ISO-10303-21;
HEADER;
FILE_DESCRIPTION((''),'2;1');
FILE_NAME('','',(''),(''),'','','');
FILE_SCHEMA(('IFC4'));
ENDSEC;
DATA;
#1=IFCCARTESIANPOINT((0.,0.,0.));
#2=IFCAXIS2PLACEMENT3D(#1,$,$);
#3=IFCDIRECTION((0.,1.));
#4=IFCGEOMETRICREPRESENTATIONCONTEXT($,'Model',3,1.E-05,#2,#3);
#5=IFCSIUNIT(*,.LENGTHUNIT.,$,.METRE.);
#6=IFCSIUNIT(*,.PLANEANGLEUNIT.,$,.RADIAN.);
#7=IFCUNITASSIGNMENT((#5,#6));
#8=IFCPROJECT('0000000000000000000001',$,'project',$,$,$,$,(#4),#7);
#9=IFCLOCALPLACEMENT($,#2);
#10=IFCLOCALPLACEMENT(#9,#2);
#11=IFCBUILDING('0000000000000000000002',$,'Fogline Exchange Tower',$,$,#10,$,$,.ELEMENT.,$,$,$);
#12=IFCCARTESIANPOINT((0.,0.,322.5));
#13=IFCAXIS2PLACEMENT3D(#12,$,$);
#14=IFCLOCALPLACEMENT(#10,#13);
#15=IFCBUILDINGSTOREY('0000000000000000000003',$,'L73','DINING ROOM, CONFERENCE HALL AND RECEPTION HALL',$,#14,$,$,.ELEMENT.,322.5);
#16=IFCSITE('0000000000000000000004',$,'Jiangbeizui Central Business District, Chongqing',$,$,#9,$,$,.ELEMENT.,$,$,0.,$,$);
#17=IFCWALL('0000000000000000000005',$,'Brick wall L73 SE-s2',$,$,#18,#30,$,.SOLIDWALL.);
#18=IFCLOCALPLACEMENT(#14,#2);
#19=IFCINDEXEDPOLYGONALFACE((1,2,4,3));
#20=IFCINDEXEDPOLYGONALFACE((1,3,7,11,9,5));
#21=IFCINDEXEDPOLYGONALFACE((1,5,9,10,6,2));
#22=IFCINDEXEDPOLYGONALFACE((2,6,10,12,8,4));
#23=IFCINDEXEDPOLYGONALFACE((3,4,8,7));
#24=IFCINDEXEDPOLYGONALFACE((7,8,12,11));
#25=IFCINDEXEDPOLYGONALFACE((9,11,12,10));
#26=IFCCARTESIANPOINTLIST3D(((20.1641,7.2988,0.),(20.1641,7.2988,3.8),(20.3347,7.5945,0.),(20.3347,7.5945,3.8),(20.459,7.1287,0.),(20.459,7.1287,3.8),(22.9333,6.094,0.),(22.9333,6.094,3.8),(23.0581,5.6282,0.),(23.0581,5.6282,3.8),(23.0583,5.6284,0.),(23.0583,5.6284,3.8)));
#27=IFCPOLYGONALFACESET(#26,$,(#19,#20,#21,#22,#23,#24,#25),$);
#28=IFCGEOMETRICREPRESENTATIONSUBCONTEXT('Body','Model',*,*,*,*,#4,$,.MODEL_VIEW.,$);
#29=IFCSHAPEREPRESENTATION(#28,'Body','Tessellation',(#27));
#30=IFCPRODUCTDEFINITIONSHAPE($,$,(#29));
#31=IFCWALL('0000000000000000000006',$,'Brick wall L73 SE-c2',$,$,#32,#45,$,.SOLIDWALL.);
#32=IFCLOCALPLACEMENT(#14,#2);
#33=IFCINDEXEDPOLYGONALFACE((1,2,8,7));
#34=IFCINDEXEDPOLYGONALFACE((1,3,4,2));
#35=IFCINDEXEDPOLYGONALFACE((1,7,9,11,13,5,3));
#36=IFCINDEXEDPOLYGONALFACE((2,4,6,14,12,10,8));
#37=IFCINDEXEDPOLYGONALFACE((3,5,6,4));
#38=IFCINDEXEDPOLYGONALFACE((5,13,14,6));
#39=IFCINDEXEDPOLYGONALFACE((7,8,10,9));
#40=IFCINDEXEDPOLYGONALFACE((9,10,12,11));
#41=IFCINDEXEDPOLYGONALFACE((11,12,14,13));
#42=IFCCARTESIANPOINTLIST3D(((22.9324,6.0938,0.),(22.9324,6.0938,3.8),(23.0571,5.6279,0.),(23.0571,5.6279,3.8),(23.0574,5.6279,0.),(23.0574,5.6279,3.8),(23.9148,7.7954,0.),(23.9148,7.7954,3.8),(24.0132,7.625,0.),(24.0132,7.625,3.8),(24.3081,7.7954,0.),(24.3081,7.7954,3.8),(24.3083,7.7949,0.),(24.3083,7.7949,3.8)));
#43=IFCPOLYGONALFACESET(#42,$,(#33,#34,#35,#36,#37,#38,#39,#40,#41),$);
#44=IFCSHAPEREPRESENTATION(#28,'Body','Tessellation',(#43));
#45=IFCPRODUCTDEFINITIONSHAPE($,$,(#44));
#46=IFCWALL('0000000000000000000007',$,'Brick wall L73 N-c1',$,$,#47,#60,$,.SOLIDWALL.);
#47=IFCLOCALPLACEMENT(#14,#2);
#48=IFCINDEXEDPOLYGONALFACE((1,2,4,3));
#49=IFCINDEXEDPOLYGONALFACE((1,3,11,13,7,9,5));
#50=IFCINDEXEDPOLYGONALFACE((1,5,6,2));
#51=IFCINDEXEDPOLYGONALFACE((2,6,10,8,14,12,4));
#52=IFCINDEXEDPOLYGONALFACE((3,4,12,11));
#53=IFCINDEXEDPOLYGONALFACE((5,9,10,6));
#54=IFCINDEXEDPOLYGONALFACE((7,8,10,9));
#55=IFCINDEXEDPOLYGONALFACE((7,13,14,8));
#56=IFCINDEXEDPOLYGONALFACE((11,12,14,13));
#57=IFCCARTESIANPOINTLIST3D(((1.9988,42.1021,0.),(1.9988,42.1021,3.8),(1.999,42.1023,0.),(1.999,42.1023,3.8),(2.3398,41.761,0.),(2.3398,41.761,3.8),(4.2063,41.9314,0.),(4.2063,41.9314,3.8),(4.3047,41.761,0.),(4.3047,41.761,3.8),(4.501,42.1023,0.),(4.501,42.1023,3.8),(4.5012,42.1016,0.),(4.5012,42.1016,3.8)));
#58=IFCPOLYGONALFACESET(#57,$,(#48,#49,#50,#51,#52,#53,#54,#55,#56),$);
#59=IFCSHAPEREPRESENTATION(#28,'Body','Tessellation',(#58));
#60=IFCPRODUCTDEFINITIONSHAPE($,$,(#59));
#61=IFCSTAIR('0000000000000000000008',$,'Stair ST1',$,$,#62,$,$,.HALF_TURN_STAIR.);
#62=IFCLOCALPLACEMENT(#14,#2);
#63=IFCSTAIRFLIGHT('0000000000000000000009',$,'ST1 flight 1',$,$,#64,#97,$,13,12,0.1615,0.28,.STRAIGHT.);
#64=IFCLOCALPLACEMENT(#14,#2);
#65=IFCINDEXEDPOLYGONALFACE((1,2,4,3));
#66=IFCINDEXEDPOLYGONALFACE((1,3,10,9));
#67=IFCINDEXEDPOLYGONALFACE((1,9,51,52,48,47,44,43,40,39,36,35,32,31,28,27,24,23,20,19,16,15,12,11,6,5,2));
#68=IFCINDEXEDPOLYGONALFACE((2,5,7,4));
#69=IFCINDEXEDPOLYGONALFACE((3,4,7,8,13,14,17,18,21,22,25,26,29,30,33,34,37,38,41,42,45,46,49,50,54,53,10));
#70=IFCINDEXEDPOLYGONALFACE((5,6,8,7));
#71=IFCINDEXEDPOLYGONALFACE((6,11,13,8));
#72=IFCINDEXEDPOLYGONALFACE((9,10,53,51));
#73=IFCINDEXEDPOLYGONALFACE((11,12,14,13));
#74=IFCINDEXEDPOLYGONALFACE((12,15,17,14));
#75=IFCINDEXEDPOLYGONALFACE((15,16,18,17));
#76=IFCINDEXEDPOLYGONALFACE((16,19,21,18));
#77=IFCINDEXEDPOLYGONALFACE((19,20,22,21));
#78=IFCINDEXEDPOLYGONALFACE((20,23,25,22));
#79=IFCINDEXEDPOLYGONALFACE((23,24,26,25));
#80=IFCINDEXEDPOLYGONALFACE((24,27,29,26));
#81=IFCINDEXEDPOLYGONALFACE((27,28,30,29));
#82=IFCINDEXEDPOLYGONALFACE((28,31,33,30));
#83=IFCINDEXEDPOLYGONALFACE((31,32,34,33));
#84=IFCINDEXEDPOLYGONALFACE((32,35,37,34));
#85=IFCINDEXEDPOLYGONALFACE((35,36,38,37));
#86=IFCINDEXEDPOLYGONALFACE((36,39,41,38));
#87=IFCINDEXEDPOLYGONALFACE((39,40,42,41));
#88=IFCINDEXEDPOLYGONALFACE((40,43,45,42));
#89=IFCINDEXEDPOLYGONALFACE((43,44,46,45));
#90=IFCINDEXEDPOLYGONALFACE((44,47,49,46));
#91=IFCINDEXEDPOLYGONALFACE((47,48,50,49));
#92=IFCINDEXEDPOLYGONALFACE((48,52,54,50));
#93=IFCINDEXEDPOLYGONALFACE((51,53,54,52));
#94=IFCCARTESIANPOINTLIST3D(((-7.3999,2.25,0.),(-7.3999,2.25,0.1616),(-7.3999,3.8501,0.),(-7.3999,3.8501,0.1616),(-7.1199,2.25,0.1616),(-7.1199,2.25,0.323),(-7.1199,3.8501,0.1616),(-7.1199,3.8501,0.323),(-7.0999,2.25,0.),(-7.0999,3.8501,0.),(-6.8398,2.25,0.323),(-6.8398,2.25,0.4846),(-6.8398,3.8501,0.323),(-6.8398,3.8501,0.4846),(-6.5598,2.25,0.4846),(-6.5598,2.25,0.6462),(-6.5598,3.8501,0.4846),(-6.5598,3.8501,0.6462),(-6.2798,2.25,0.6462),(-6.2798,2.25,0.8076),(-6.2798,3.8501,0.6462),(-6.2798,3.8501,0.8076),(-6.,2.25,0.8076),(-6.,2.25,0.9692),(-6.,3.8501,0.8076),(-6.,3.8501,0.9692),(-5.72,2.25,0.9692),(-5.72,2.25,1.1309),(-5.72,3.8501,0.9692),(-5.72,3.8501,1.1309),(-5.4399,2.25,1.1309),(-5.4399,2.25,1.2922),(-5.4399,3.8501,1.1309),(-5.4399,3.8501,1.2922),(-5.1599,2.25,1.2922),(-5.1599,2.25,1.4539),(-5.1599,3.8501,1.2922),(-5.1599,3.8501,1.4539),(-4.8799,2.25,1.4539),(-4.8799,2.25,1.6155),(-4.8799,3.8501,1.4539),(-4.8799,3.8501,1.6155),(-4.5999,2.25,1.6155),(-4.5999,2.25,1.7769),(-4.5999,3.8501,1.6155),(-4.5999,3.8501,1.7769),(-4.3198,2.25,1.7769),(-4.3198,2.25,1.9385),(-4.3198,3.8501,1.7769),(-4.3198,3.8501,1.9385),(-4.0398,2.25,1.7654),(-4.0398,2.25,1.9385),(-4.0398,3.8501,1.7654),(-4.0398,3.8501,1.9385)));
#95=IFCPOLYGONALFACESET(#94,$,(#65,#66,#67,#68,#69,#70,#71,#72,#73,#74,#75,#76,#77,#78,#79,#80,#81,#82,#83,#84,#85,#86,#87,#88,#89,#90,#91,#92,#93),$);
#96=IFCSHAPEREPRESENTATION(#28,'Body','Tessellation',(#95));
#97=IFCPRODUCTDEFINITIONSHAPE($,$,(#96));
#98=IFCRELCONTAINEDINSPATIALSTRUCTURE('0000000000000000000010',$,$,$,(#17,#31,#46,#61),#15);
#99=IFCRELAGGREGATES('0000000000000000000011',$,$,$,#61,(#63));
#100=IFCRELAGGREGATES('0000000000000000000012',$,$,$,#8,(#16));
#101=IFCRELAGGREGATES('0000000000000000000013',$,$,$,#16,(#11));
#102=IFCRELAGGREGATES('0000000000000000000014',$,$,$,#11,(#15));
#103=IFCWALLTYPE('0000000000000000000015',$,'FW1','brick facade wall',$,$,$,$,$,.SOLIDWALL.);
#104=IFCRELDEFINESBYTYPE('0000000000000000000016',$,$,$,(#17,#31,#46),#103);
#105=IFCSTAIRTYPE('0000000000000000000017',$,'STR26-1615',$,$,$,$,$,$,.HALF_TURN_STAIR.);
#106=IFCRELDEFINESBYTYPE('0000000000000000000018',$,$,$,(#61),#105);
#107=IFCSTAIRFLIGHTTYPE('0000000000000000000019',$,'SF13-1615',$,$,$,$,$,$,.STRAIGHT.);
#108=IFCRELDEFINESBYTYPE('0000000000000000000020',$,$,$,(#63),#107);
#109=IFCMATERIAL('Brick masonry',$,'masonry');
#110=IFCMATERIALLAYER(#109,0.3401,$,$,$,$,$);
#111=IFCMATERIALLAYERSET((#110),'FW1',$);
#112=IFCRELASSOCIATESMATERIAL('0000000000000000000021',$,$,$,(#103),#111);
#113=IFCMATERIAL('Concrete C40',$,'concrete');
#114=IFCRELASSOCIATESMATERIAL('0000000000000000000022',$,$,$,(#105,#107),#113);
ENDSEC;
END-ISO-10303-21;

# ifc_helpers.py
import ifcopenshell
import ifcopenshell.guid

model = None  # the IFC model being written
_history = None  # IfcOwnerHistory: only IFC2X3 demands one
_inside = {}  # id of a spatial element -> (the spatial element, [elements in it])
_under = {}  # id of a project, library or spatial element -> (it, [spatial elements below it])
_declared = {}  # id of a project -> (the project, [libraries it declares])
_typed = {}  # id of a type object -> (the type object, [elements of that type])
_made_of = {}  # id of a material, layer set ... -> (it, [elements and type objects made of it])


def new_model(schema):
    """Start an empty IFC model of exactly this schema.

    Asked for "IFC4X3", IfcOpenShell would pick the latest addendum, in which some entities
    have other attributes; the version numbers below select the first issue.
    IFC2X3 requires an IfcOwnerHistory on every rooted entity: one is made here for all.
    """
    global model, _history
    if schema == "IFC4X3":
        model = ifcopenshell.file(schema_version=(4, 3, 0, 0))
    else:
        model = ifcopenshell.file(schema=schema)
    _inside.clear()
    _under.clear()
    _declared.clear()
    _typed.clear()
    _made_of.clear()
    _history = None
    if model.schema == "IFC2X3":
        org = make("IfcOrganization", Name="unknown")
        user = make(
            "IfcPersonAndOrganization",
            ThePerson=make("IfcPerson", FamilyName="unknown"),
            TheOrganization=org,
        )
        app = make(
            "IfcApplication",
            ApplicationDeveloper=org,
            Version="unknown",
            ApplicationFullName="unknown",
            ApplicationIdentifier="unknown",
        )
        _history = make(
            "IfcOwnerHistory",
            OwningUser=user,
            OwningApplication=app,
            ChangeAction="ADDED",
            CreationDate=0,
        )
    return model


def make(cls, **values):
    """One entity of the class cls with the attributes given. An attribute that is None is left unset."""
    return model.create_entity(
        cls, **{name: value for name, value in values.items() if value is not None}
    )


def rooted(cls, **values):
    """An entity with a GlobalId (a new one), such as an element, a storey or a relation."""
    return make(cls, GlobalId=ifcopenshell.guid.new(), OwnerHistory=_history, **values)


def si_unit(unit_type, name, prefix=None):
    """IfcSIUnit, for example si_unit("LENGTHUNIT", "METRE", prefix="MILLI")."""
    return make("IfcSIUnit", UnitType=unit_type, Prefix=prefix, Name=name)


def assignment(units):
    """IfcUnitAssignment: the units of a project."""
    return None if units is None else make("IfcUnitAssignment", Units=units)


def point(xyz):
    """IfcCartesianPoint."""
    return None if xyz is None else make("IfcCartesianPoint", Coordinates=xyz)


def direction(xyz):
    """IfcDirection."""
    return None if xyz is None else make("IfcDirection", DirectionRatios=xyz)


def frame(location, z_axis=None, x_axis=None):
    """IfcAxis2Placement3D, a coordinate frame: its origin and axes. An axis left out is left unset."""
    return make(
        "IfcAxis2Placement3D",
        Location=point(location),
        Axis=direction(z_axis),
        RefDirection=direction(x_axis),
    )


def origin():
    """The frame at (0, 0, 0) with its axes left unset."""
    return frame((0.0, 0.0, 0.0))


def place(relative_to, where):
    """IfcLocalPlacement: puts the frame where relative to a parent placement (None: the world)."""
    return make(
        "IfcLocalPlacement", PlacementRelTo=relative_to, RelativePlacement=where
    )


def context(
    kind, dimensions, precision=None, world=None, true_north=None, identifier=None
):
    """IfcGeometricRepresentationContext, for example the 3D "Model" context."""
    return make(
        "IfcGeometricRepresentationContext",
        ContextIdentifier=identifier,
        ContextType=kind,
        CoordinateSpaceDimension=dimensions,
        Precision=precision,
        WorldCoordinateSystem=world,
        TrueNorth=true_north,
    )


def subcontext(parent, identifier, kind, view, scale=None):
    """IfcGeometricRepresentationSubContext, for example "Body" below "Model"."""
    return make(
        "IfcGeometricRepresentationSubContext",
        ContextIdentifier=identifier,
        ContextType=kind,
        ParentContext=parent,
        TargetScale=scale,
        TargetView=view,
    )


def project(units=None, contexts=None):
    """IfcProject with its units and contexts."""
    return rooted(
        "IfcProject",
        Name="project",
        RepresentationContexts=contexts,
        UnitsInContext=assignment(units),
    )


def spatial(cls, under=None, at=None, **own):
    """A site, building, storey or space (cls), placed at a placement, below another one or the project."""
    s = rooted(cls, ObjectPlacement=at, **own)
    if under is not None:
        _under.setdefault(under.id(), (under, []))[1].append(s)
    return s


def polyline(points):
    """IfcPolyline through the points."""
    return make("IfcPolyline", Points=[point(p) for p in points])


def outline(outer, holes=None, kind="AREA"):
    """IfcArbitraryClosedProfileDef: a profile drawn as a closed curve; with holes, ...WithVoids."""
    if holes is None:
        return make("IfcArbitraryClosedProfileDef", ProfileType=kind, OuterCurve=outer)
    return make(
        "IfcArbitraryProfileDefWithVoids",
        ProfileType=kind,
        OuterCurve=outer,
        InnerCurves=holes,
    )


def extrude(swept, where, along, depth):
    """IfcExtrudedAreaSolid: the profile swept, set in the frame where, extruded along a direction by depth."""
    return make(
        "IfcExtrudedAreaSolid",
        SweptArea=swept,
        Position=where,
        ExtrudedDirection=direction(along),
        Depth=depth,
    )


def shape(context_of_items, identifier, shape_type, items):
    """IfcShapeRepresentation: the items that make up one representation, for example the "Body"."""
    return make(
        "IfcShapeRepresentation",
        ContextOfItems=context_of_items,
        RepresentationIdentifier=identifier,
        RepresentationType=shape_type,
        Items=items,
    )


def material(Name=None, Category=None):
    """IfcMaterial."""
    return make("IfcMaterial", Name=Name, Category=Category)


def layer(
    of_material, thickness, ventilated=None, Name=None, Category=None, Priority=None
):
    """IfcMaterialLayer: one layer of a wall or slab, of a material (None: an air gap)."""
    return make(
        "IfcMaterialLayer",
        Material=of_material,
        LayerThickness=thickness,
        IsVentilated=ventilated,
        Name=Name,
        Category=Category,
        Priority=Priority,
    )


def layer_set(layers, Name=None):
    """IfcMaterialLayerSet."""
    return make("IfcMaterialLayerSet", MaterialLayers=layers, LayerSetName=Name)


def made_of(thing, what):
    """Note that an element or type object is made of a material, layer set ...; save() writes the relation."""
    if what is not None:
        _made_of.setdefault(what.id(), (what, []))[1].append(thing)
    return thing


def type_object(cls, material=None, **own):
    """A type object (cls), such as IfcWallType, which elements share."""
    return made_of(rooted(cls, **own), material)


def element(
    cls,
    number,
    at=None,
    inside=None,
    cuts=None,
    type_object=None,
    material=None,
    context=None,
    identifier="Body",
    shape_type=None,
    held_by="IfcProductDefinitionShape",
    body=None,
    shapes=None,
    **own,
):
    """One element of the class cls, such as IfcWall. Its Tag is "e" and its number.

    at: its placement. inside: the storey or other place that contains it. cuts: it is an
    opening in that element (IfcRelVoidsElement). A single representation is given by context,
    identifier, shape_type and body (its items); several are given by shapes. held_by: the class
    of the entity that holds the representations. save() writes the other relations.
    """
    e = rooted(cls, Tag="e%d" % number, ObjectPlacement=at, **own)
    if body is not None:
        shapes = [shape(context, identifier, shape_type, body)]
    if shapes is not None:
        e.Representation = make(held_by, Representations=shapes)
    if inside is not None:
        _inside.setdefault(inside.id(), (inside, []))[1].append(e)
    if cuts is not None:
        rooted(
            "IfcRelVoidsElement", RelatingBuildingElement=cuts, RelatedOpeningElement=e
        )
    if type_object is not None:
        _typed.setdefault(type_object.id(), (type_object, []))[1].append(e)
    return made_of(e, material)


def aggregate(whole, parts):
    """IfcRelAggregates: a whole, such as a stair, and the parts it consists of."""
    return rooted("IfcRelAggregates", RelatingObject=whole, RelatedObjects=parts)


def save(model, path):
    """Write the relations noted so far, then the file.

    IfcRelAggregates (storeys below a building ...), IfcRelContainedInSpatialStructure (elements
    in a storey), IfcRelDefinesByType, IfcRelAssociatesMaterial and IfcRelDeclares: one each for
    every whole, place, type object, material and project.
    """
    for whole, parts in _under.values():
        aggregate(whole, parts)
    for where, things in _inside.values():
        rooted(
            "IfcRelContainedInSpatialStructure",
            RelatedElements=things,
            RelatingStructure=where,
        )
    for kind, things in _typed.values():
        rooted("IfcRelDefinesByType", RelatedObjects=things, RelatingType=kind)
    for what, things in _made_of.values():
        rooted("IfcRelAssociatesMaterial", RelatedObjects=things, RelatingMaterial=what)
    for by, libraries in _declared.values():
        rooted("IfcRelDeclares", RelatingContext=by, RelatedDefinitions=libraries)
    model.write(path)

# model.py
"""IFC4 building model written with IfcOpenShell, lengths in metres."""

from ifc_helpers import new_model, si_unit, direction, frame, origin, place, context, subcontext, project, spatial, polyline, outline, extrude, material, layer, layer_set, type_object, element, aggregate, save


model = new_model("IFC4")

# Units and contexts
model_context = context("Model", 3, precision=1e-05, world=origin(), true_north=direction((0.0, 1.0)))
body_context = subcontext(model_context, "Body", "Model", "MODEL_VIEW")
ifc_project = project(units=[si_unit("LENGTHUNIT", "METRE"), si_unit("PLANEANGLEUNIT", "RADIAN")], contexts=[model_context])

# Site, building, storey
site_placement = place(None, origin())
site = spatial("IfcSite", under=ifc_project, at=site_placement, Name="Jiangbeizui Central Business District, Chongqing", CompositionType="ELEMENT", RefElevation=0.0)
building_placement = place(site_placement, origin())
building = spatial("IfcBuilding", under=site, at=building_placement, Name="Fogline Exchange Tower", CompositionType="ELEMENT")
storey_placement = place(building_placement, frame((0.0, 0.0, 322.5)))
storey = spatial("IfcBuildingStorey", under=building, at=storey_placement, Name="L73", Description="DINING ROOM, CONFERENCE HALL AND RECEPTION HALL", CompositionType="ELEMENT", Elevation=322.5)

# Shared definitions
ifc_material_1 = material(Name="Concrete C40", Category="concrete")

# Walls
ifc_material_2 = material(Name="Brick masonry", Category="masonry")
ifc_layer_1 = layer(ifc_material_2, 0.3401)
ifc_layer_set_1 = layer_set([ifc_layer_1], Name="FW1")
wall_type_1 = type_object("IfcWallType", Name="FW1", Description="brick facade wall", PredefinedType="SOLIDWALL", material=ifc_layer_set_1)
wall_1_placement = place(storey_placement, origin())
element("IfcWall", 1, at=wall_1_placement, inside=storey, type_object=wall_type_1, Name="Brick wall L73 SE-s2", PredefinedType="SOLIDWALL", context=body_context, shape_type="SweptSolid", body=[
    extrude(outline(polyline([(23.0581, 5.6282), (20.459, 7.1287), (20.1641, 7.2988), (20.3347, 7.5945), (22.9333, 6.094), (23.0583, 5.6284), (23.0581, 5.6282)])), origin(), (0.0, 0.0, 1.0), 3.8),
])
wall_2_placement = place(storey_placement, origin())
element("IfcWall", 2, at=wall_2_placement, inside=storey, type_object=wall_type_1, Name="Brick wall L73 SE-c2", PredefinedType="SOLIDWALL", context=body_context, shape_type="SweptSolid", body=[
    extrude(outline(polyline([(23.9148, 7.7954), (24.0132, 7.625), (24.3081, 7.7954), (24.3083, 7.7949), (23.0574, 5.6279), (23.0571, 5.6279), (22.9324, 6.0938), (23.9148, 7.7954)])), origin(), (0.0, 0.0, 1.0), 3.8),
])
wall_3_placement = place(storey_placement, origin())
element("IfcWall", 3, at=wall_3_placement, inside=storey, type_object=wall_type_1, Name="Brick wall L73 N-c1", PredefinedType="SOLIDWALL", context=body_context, shape_type="SweptSolid", body=[
    extrude(outline(polyline([(1.999, 42.1023), (4.501, 42.1023), (4.5012, 42.1016), (4.2063, 41.9314), (4.3047, 41.761), (2.3398, 41.761), (1.9988, 42.1021), (1.999, 42.1023)])), origin(), (0.0, 0.0, 1.0), 3.8),
])

# Stair, stair flight
stair_type = type_object("IfcStairType", Name="STR26-1615", PredefinedType="HALF_TURN_STAIR", material=ifc_material_1)
stair_placement = place(storey_placement, origin())
stair = element("IfcStair", 4, at=stair_placement, inside=storey, type_object=stair_type, Name="Stair ST1", PredefinedType="HALF_TURN_STAIR")
stair_flight_type = type_object("IfcStairFlightType", Name="SF13-1615", PredefinedType="STRAIGHT", material=ifc_material_1)
stair_flight_placement = place(storey_placement, frame((-7.3999, 3.05, 0.0), z_axis=(0.0, 0.0, 1.0), x_axis=(1.0, 0.0, 0.0)))
stair_flight = element("IfcStairFlight", 5, at=stair_flight_placement, type_object=stair_flight_type, Name="ST1 flight 1", NumberOfRisers=13, NumberOfTreads=12, PredefinedType="STRAIGHT", RiserHeight=0.1615, TreadLength=0.28, context=body_context, shape_type="SweptSolid", body=[
    extrude(outline(polyline([(0.0, 0.0), (0.0, 0.1616), (0.28, 0.1616), (0.28, 0.323), (0.5601, 0.323), (0.5601, 0.4846), (0.8401, 0.4846), (0.8401, 0.6462), (1.1201, 0.6462), (1.1201, 0.8076), (1.3999, 0.8076), (1.3999, 0.9692), (1.6799, 0.9692), (1.6799, 1.1309), (1.96, 1.1309), (1.96, 1.2922), (2.24, 1.2922), (2.24, 1.4539), (2.52, 1.4539), (2.52, 1.6155), (2.8, 1.6155), (2.8, 1.7769), (3.0801, 1.7769), (3.0801, 1.9385), (3.3601, 1.9385), (3.3601, 2.1001), (3.3601, 1.7654), (0.3, 0.0), (0.0, 0.0)])), frame((0.0, 0.8, 0.0), z_axis=(0.0, -1.0, 0.0), x_axis=(1.0, 0.0, 0.0)), (0.0, 0.0, 1.0), 1.6001),
])
aggregate(stair, [stair_flight])

save(model, "model.ifc")
